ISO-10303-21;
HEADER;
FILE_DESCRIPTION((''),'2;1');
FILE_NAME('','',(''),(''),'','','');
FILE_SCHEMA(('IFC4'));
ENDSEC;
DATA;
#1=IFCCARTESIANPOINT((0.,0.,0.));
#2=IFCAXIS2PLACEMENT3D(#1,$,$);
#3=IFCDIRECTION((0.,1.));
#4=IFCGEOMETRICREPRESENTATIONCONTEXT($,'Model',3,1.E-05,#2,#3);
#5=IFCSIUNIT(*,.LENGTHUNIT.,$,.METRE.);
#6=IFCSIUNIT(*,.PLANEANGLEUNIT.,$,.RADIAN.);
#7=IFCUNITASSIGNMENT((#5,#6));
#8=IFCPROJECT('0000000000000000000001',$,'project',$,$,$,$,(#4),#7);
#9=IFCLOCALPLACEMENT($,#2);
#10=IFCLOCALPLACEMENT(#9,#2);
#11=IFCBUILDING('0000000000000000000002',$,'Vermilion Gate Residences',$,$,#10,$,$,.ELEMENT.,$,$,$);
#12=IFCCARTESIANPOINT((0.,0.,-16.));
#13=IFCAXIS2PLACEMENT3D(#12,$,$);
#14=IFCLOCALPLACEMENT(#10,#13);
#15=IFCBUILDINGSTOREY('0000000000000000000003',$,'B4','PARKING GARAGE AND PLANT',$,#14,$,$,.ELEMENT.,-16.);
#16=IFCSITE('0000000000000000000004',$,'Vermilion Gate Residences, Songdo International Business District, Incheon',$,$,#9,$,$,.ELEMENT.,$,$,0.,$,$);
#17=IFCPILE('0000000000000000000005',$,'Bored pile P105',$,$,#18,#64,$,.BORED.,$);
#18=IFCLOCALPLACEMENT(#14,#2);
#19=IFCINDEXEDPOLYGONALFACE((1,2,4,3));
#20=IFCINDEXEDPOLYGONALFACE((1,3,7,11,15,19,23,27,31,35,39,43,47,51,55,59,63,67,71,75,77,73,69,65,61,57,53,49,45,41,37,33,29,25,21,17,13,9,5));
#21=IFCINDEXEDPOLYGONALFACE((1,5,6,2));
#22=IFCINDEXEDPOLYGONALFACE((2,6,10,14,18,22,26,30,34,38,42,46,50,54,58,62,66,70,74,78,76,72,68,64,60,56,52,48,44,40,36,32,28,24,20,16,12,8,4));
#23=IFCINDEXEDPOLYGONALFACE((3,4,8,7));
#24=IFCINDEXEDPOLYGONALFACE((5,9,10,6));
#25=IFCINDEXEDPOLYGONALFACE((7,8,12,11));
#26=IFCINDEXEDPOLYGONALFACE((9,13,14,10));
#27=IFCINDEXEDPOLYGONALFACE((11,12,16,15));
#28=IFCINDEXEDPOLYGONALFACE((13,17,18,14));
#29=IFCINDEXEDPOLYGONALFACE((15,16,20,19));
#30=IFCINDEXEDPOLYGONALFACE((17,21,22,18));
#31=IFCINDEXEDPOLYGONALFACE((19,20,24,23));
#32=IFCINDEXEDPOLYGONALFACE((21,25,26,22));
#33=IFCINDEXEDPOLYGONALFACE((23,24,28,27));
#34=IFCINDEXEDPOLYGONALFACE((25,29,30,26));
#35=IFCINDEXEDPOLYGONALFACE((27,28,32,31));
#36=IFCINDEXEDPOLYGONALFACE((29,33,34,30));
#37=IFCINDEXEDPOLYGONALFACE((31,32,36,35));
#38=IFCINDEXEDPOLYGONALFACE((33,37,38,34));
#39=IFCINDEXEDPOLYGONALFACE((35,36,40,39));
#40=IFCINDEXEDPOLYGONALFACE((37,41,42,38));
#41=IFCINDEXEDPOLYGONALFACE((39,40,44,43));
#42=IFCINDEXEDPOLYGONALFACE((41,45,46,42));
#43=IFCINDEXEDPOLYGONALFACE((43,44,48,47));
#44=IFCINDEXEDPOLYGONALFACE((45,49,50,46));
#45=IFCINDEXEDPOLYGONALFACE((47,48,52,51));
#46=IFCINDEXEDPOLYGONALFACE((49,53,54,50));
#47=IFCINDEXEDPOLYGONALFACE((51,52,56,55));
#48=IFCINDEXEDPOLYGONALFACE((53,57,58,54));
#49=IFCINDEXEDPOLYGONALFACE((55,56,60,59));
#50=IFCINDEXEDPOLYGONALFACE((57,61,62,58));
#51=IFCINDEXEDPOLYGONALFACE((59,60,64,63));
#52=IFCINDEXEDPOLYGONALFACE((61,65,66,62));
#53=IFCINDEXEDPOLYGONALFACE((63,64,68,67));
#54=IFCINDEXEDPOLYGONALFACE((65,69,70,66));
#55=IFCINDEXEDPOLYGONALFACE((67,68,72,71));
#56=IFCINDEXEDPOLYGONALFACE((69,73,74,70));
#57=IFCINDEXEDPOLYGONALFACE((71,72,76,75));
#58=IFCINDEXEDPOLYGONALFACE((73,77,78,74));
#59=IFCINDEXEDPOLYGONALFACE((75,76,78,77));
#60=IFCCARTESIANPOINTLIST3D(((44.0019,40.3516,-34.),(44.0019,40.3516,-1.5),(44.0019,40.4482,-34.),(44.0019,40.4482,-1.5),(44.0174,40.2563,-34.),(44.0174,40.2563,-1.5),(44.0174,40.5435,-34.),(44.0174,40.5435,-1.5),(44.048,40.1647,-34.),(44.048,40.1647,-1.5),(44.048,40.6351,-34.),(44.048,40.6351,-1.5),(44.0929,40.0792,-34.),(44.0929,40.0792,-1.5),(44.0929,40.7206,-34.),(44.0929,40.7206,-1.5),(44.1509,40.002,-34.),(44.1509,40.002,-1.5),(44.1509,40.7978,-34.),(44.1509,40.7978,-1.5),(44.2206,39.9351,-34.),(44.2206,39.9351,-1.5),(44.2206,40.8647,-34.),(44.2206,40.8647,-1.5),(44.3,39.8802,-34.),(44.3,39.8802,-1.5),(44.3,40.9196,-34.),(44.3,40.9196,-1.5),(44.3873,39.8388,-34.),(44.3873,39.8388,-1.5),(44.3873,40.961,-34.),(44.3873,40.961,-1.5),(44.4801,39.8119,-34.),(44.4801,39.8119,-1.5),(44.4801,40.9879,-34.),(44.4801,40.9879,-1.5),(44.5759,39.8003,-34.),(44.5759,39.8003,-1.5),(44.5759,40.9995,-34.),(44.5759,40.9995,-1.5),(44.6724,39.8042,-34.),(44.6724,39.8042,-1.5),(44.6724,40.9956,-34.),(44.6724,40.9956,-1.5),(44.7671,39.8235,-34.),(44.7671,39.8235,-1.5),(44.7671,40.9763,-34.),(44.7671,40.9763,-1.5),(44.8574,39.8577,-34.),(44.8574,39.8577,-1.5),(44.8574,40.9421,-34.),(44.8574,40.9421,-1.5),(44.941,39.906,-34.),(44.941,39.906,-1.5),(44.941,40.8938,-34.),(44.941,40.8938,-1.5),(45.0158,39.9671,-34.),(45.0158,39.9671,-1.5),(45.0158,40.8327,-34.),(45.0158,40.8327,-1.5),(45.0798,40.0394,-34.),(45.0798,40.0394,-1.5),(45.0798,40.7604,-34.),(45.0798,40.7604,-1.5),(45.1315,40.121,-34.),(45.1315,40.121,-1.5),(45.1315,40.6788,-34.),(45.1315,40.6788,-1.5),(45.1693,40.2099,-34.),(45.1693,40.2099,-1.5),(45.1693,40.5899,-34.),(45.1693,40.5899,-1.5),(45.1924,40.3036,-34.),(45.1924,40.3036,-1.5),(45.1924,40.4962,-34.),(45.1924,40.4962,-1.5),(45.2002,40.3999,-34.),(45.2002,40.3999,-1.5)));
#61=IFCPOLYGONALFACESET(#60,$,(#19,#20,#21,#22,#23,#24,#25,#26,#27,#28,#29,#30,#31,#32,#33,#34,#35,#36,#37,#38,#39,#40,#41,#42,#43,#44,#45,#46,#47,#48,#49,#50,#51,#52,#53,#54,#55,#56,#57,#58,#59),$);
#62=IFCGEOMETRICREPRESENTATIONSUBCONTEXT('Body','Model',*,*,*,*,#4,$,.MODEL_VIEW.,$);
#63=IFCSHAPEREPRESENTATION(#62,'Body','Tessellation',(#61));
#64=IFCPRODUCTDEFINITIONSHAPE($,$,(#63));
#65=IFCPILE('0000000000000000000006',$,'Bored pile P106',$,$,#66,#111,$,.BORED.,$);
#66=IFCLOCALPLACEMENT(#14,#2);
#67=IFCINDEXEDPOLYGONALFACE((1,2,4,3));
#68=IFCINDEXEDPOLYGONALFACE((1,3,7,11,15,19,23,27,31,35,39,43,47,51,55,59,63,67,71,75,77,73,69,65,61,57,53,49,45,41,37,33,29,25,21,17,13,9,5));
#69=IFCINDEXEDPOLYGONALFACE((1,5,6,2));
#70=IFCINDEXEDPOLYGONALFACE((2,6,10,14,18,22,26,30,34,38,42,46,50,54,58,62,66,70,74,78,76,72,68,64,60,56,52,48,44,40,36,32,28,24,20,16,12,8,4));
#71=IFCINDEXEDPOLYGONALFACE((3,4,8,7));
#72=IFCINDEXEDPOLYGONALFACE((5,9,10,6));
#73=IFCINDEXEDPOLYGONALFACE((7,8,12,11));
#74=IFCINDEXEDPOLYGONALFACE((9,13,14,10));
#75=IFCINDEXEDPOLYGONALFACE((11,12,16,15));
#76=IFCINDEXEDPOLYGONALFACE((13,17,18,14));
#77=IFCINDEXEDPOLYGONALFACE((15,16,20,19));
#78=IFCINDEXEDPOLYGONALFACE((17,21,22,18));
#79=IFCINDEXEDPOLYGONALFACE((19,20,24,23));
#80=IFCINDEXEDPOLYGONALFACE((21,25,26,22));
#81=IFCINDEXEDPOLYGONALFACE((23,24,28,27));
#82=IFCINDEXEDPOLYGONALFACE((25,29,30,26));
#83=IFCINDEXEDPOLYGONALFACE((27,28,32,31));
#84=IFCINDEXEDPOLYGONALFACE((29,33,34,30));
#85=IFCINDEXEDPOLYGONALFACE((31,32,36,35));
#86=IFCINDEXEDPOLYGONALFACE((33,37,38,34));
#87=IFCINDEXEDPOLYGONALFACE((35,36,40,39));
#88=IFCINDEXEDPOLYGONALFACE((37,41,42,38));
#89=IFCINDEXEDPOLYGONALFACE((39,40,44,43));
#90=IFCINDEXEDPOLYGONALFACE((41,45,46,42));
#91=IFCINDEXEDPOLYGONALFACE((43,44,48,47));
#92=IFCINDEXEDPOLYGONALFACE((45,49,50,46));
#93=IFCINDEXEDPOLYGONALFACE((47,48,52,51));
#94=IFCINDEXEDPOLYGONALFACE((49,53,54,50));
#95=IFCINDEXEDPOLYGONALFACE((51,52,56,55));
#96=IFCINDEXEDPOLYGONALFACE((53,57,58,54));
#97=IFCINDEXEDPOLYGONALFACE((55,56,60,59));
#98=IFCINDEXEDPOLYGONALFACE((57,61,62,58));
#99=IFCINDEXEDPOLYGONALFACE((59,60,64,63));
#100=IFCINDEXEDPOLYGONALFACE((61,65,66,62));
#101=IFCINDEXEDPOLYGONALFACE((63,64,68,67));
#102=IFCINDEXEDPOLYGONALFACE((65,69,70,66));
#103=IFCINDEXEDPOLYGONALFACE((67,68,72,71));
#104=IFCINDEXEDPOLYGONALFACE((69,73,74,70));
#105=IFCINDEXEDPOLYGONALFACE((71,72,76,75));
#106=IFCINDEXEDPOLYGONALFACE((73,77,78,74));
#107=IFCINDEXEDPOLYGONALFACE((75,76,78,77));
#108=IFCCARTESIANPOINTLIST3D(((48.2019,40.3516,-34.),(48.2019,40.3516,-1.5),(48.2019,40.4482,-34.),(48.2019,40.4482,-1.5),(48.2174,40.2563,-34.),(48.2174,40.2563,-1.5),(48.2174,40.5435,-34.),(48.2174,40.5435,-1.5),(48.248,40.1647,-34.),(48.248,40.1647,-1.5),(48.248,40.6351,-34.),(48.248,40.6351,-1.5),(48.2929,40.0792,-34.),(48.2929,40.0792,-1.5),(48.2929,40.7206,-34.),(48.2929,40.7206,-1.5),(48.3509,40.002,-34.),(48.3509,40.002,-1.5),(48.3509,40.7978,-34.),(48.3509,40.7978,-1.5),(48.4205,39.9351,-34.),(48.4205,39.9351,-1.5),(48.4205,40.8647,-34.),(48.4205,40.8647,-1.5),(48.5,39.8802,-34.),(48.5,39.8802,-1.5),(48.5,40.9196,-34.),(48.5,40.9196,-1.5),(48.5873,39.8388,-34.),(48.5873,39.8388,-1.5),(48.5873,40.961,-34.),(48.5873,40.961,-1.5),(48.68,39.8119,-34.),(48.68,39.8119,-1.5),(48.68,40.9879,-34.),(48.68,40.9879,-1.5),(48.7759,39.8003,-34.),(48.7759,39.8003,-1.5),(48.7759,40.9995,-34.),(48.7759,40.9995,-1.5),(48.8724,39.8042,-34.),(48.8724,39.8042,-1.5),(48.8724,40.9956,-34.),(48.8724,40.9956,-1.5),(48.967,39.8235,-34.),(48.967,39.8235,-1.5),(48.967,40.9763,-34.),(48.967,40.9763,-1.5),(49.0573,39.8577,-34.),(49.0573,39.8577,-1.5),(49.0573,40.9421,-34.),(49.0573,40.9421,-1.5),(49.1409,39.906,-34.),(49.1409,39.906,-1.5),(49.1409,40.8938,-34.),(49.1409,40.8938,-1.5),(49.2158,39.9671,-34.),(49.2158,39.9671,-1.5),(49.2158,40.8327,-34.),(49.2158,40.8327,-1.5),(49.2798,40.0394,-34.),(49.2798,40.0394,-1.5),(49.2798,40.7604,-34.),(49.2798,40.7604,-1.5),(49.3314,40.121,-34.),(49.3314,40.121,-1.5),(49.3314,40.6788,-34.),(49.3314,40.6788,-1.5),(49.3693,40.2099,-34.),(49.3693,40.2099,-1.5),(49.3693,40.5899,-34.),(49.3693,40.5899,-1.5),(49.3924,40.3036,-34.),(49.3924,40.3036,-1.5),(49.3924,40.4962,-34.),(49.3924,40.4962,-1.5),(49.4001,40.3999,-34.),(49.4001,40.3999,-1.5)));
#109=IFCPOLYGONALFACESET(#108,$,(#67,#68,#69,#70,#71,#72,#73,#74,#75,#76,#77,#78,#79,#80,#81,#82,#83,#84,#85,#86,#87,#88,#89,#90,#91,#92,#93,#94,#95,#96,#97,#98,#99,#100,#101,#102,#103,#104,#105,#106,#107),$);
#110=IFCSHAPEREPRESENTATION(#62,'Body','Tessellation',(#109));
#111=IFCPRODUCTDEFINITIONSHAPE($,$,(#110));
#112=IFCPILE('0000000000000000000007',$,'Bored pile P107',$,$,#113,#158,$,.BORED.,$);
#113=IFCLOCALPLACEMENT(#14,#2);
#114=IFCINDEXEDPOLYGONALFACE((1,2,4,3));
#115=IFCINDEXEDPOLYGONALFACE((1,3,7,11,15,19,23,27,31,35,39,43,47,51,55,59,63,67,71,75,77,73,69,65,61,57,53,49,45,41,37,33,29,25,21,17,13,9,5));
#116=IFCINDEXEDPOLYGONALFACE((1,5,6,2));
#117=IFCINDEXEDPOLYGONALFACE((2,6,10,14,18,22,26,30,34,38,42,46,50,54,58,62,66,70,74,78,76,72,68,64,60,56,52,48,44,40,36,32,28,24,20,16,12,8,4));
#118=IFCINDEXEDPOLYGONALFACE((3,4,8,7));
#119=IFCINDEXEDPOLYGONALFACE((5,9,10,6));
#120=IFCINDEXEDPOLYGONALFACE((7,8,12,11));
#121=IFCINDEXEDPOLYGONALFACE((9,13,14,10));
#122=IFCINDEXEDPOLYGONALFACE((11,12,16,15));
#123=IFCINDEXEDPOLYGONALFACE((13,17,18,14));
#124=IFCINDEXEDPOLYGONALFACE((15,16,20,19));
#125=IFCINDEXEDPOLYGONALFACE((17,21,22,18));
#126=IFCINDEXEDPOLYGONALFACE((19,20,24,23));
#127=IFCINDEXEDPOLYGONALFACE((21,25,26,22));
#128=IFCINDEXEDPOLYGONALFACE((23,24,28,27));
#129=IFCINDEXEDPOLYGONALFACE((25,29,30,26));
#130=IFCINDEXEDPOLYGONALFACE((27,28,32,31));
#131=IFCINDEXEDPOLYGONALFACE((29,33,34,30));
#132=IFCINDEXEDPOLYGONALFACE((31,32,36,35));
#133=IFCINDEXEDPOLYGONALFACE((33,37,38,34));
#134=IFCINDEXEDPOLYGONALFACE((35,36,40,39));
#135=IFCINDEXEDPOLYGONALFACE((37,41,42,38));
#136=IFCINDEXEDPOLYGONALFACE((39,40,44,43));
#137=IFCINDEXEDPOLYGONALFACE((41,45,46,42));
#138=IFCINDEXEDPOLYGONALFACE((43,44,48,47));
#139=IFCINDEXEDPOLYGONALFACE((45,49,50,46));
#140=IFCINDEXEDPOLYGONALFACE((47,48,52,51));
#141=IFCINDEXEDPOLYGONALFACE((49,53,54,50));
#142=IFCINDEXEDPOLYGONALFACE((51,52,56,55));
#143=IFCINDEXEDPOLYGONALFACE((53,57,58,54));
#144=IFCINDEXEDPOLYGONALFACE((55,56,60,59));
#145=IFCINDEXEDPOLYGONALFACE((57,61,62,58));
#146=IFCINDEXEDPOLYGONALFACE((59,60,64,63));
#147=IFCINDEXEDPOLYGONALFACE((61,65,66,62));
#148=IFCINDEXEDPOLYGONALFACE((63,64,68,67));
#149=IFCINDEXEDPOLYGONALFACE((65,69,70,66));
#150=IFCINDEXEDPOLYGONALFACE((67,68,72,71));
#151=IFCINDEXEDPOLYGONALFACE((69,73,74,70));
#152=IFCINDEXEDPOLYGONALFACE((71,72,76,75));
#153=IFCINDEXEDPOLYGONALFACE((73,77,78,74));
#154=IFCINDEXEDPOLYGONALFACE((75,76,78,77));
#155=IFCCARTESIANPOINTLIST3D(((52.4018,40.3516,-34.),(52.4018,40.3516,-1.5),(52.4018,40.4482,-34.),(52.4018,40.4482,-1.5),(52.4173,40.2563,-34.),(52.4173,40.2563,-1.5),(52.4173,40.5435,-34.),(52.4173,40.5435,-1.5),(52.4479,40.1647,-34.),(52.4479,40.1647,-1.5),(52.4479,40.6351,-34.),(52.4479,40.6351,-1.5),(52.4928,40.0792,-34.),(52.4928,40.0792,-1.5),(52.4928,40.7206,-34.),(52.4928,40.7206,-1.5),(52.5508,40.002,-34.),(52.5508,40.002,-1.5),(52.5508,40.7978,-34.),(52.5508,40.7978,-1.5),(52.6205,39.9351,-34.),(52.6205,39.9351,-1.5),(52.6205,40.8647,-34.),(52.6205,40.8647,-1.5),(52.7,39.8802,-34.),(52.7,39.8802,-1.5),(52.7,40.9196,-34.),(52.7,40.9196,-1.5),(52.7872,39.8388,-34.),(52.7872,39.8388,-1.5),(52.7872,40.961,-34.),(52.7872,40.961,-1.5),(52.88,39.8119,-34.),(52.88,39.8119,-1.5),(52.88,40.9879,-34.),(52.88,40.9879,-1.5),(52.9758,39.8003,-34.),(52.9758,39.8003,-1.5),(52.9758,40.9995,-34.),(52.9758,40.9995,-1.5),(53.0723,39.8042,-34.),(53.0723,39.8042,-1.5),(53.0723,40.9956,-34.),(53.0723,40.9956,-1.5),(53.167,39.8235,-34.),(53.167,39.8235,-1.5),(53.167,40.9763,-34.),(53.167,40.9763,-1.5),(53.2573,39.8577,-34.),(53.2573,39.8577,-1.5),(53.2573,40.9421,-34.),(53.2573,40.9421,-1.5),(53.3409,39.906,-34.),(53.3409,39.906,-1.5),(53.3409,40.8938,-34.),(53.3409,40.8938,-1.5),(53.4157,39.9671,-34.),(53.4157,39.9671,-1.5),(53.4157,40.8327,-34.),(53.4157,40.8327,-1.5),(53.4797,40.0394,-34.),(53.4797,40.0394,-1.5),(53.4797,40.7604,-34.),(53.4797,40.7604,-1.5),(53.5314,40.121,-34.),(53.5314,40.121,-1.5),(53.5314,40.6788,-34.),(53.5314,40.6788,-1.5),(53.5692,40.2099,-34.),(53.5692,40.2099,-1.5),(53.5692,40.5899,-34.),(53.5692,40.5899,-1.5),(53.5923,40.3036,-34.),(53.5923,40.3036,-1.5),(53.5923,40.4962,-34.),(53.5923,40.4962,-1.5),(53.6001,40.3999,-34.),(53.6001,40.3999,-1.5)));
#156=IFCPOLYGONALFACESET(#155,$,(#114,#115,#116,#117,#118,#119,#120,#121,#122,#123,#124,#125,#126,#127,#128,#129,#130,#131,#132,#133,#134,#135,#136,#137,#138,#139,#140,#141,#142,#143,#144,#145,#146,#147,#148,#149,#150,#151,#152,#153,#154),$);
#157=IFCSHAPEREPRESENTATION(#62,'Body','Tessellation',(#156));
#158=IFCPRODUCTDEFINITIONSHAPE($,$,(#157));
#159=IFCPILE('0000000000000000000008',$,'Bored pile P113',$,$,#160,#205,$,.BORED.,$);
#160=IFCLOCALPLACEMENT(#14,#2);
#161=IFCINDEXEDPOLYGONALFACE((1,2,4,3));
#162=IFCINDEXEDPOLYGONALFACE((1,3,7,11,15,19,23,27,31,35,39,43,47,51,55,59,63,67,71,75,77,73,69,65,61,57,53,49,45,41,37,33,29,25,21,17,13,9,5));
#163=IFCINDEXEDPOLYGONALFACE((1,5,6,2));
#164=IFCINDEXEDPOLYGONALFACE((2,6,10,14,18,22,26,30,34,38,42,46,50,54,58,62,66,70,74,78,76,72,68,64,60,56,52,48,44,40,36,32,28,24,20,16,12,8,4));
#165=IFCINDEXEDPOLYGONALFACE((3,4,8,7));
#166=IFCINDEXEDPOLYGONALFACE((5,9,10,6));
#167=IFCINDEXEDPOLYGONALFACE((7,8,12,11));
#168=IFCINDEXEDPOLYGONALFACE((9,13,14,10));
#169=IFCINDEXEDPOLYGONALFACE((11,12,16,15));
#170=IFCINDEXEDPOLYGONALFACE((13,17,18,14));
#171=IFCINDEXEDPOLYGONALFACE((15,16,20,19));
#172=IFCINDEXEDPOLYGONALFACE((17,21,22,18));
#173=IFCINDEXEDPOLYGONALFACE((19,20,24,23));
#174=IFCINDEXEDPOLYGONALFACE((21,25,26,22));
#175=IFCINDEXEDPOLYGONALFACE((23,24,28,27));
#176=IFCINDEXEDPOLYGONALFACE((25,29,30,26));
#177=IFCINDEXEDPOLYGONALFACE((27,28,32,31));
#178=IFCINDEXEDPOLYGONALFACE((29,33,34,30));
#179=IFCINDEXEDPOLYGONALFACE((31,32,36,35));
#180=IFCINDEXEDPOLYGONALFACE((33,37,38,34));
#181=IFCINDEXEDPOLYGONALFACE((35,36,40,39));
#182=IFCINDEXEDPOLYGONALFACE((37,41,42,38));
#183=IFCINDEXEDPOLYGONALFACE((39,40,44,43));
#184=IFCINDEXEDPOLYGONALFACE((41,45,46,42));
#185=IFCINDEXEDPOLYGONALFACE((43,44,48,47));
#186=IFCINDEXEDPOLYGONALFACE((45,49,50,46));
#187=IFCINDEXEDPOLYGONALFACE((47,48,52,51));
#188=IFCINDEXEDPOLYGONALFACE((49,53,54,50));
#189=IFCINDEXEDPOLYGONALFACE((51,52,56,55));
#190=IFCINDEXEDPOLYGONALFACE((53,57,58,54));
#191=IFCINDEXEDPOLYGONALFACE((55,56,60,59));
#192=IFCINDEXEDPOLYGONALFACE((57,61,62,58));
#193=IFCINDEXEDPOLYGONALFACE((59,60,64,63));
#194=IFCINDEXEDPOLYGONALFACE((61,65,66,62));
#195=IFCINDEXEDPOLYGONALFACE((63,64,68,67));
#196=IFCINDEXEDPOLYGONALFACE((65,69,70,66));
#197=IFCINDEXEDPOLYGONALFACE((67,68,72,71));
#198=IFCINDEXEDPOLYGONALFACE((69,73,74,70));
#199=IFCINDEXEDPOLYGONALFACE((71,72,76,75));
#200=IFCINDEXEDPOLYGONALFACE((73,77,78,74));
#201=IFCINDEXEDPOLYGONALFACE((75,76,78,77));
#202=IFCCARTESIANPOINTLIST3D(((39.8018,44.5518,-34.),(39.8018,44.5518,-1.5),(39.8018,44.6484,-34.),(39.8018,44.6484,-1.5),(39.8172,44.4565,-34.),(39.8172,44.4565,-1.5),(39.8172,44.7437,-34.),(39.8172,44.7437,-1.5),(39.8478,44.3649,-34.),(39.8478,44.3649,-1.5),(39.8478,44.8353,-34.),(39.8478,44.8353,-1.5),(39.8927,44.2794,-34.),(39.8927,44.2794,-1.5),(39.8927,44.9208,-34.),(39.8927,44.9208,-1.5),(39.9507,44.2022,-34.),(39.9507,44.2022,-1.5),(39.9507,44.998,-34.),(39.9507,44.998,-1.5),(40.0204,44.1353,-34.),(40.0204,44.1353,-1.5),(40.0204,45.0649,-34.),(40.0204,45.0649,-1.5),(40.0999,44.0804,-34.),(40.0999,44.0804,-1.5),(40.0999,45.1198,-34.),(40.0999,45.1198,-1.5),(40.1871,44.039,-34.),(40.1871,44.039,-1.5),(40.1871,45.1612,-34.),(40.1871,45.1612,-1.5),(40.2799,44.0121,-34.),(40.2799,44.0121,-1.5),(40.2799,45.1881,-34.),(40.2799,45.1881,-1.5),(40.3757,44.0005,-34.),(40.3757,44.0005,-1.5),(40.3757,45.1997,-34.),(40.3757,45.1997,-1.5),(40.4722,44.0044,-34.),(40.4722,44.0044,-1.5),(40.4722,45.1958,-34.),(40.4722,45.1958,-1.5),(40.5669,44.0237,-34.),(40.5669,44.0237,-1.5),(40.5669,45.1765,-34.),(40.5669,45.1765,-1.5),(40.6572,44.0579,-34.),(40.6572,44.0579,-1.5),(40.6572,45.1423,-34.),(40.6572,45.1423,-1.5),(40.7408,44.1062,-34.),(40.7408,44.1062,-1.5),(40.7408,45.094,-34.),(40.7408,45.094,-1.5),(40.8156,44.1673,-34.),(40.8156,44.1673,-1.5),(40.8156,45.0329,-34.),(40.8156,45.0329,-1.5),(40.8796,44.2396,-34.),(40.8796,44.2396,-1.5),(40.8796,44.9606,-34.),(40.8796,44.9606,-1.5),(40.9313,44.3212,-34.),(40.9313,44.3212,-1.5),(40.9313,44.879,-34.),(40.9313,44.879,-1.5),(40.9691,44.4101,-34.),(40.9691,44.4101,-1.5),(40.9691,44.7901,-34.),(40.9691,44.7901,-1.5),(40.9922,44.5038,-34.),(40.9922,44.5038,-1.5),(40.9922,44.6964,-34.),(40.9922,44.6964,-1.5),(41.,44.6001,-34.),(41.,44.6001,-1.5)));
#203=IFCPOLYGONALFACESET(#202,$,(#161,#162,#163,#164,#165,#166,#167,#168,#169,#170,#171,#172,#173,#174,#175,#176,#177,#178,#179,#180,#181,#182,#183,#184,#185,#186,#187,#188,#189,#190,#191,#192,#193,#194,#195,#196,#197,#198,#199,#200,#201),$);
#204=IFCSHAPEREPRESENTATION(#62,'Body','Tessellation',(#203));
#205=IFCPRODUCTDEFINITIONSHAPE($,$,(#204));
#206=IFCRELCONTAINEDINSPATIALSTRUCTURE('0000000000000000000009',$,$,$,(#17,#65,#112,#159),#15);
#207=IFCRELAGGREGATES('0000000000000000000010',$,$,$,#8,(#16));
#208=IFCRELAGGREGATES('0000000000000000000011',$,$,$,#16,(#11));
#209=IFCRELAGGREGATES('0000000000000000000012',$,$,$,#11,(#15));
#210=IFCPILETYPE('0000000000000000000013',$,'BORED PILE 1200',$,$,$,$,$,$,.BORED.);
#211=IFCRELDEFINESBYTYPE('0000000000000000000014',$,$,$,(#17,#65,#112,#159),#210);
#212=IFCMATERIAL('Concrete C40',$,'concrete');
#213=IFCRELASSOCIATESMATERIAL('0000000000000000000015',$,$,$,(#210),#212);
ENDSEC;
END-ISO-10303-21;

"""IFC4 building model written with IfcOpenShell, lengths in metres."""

from ifc_helpers import new_model, si_unit, direction, frame, origin, origin_2d, place, context, subcontext, project, spatial, circle, extrude, material, material_profile, profile_set, type_object, element, save


model = new_model("IFC4")

# Units and contexts
model_context = context("Model", 3, precision=1e-05, world=origin(), true_north=direction((0.0, 1.0)))
body_context = subcontext(model_context, "Body", "Model", "MODEL_VIEW")
ifc_project = project(units=[si_unit("LENGTHUNIT", "METRE"), si_unit("PLANEANGLEUNIT", "RADIAN")], contexts=[model_context])

# Site, building, storey
site_placement = place(None, origin())
site = spatial("IfcSite", under=ifc_project, at=site_placement, Name="Vermilion Gate Residences, Songdo International Business District, Incheon", CompositionType="ELEMENT", RefElevation=0.0)
building_placement = place(site_placement, origin())
building = spatial("IfcBuilding", under=site, at=building_placement, Name="Vermilion Gate Residences", CompositionType="ELEMENT")
storey_placement = place(building_placement, frame((0.0, 0.0, -16.0)))
storey = spatial("IfcBuildingStorey", under=building, at=storey_placement, Name="B4", Description="PARKING GARAGE AND PLANT", CompositionType="ELEMENT", Elevation=-16.0)

# Piles
ifc_material_1 = material(Name="Concrete C40", Category="concrete")
ifc_material_profile_1 = material_profile(ifc_material_1, circle(Radius=0.6001, at=origin_2d()), Name="BORED PILE 1200")
ifc_profile_set_1 = profile_set([ifc_material_profile_1], Name="Concrete C40")
pile_type = type_object("IfcPileType", Name="BORED PILE 1200", PredefinedType="BORED", material=ifc_profile_set_1)
for number, where, z_axis, x_axis, name in (
    (1, (44.6001, 40.3999, -1.5), (0.0, 0.0, -1.0), (1.0, 0.0, 0.0), "Bored pile P105"),
    (2, (48.8, 40.3999, -1.5), (0.0, 0.0, -1.0), (1.0, 0.0, 0.0), "Bored pile P106"),
    (3, (53.0, 40.3999, -1.5), (0.0, 0.0, -1.0), (1.0, 0.0, 0.0), "Bored pile P107"),
    (4, (40.3999, 44.6001, -1.5), (0.0, 0.0, -1.0), (1.0, 0.0, 0.0), "Bored pile P113"),
):
    element("IfcPile", number, at=place(storey_placement, frame(where, z_axis=z_axis, x_axis=x_axis)), inside=storey, type_object=pile_type, Name=name, PredefinedType="BORED", context=body_context, shape_type="SweptSolid", body=[
        extrude(circle(Radius=0.6001, at=origin_2d()), origin(), (0.0, 0.0, 1.0), 32.5),
    ])

save(model, "model.ifc")
